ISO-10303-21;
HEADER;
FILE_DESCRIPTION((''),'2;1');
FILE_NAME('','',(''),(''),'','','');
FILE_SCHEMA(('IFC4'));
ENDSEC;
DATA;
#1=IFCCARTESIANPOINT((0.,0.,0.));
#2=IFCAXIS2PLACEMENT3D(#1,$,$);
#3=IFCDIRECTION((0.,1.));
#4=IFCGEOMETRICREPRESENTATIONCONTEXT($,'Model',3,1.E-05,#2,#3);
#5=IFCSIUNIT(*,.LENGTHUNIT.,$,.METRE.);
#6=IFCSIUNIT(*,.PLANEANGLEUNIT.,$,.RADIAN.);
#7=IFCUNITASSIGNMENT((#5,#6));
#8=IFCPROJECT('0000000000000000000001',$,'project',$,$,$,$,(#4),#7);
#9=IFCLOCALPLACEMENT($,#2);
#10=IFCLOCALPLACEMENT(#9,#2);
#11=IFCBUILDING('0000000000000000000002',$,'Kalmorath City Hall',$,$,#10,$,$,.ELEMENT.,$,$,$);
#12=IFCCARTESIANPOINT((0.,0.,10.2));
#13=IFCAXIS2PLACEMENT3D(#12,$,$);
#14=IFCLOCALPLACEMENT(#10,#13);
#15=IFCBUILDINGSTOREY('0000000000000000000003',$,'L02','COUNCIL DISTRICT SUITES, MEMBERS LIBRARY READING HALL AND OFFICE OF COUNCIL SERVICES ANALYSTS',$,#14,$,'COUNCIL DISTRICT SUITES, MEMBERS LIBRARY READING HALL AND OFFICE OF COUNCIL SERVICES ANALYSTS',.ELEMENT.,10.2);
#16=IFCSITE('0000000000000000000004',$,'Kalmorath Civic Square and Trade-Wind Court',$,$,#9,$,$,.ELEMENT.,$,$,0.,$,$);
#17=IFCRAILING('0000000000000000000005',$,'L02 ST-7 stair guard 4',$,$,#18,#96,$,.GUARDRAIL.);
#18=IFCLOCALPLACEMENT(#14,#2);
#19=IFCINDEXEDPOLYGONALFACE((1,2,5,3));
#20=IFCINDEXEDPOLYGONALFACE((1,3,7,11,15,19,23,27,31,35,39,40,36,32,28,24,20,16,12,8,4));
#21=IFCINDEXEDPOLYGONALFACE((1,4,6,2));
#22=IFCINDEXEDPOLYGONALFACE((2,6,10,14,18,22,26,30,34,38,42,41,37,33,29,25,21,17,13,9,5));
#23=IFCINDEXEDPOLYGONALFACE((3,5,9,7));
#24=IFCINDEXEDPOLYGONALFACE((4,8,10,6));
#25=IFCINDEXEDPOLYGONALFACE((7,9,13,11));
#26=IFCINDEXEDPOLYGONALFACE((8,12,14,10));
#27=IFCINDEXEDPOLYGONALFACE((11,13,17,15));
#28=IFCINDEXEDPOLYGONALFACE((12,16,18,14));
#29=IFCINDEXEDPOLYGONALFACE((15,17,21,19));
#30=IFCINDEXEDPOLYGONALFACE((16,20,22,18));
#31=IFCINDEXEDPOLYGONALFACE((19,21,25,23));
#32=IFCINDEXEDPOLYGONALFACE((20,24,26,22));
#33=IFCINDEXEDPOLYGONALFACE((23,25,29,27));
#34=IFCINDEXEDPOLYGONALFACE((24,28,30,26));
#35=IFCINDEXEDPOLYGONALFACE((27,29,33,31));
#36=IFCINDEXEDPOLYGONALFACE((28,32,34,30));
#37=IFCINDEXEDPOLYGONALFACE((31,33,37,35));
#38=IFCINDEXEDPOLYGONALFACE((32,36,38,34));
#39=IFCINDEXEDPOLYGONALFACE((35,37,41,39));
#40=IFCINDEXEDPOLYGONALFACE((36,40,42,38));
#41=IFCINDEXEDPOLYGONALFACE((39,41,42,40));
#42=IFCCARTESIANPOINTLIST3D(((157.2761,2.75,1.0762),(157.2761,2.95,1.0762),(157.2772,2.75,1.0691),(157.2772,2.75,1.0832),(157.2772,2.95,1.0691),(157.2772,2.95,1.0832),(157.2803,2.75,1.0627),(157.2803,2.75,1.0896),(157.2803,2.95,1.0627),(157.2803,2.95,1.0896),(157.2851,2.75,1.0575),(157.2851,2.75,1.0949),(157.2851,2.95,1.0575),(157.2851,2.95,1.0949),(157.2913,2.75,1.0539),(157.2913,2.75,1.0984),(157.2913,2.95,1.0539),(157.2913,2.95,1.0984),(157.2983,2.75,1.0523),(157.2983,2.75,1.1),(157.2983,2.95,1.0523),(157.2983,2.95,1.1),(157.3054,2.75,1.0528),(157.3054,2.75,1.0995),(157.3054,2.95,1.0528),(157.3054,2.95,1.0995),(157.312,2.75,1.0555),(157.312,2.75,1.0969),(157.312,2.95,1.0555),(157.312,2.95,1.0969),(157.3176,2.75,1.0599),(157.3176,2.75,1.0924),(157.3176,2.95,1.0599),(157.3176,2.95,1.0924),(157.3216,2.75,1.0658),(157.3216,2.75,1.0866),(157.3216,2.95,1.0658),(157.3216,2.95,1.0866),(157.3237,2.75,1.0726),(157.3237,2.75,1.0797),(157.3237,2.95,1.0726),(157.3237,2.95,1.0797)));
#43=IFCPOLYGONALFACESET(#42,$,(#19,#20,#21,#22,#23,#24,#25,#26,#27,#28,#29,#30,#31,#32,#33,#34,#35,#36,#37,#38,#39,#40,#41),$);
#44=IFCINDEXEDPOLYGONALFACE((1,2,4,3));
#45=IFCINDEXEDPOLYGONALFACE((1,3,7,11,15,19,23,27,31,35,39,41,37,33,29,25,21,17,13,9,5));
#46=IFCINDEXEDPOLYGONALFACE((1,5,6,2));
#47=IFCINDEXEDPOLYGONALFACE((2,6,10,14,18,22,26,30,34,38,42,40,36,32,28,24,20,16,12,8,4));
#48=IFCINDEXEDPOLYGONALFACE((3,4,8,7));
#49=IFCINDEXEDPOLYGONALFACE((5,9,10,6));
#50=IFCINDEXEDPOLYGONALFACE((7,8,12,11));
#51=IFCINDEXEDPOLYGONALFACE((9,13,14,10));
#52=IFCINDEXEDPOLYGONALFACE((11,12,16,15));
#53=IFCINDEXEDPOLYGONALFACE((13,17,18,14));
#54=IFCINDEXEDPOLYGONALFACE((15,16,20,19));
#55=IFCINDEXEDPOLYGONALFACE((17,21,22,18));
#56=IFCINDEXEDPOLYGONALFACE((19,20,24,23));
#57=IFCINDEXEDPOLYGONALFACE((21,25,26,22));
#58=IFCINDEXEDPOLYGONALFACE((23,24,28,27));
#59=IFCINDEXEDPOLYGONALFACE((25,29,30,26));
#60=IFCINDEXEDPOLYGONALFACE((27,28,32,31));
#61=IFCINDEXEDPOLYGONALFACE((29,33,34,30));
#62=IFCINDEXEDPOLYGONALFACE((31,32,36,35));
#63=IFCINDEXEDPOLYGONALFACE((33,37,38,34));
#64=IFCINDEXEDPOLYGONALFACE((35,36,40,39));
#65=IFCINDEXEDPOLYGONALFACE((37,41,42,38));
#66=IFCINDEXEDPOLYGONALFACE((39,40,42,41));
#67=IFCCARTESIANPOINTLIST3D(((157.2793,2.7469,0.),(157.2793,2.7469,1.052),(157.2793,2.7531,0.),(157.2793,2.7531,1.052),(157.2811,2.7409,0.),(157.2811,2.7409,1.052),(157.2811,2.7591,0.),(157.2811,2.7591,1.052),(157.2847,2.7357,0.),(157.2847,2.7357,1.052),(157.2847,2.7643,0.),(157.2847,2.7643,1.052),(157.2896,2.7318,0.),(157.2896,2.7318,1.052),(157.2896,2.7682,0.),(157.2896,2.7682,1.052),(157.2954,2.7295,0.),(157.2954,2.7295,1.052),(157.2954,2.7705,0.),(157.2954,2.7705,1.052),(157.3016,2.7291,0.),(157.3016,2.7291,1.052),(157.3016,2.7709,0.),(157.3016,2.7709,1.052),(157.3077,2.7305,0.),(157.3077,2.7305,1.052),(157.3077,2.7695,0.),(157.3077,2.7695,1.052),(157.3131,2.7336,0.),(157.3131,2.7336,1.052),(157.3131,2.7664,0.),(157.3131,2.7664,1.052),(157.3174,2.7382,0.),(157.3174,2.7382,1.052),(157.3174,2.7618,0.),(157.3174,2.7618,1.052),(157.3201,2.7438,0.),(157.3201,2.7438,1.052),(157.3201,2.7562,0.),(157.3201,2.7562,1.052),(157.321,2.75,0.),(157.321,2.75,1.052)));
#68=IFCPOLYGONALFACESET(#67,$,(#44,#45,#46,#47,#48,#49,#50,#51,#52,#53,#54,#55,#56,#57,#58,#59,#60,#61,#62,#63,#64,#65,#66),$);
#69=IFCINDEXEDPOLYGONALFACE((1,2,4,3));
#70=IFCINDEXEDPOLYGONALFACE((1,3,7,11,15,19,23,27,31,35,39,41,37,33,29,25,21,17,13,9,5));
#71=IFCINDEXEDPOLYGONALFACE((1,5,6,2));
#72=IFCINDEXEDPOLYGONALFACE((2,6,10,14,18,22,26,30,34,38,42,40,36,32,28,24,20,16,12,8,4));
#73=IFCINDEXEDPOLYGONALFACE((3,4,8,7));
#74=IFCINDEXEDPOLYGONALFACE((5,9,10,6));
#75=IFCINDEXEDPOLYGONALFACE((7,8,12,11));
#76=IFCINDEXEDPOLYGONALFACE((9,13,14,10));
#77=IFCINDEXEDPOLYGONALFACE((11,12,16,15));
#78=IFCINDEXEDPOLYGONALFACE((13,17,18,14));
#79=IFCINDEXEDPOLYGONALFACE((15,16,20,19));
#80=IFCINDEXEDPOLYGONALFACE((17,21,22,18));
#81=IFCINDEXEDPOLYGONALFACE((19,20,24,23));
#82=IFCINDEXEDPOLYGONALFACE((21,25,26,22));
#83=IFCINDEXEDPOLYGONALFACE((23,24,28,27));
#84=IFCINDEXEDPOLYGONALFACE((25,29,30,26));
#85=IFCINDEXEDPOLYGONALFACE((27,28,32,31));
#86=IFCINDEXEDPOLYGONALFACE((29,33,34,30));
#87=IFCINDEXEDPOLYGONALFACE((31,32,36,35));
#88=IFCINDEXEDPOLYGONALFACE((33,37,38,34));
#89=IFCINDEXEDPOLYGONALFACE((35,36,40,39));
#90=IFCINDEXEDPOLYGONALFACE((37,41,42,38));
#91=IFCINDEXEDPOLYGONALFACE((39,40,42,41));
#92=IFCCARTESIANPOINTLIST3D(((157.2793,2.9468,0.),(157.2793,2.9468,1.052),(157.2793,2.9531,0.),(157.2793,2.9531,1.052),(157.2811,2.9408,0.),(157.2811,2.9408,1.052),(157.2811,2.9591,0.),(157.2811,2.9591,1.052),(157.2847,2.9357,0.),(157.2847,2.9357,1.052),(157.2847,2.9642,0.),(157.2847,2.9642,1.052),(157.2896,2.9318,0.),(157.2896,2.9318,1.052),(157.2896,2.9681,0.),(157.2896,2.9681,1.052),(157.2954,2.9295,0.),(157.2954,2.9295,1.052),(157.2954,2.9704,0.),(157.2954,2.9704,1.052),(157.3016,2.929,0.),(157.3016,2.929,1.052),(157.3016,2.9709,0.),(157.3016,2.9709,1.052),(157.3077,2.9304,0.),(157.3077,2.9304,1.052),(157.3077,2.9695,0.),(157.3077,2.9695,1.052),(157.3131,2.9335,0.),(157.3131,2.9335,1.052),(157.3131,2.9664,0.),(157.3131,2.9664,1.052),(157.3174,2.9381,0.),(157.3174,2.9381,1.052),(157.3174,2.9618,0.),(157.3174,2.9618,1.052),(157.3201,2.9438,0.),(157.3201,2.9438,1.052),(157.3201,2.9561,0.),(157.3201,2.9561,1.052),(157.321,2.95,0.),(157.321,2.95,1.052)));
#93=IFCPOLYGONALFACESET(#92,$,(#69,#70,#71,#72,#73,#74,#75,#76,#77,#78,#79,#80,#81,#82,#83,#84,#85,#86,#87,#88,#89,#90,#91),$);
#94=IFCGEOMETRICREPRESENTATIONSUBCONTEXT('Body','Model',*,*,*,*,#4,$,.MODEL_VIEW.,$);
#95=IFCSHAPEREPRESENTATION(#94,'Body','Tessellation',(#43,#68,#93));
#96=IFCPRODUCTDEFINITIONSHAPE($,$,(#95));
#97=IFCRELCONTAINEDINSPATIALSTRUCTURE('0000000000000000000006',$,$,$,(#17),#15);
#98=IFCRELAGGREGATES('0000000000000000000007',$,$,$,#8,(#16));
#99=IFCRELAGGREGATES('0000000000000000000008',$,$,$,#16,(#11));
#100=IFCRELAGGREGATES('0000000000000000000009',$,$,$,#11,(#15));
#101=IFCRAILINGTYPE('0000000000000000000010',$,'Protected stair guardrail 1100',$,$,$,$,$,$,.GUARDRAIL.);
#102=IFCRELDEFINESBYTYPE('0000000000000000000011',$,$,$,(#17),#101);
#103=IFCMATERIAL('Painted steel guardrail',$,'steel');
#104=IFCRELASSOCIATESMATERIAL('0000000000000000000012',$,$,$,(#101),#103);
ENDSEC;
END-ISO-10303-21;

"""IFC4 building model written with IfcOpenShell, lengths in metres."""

from ifc_helpers import new_model, si_unit, direction, frame, origin, origin_2d, place, context, subcontext, project, spatial, circle, extrude, material, type_object, element, save


model = new_model("IFC4")

# Units and contexts
model_context = context("Model", 3, precision=1e-05, world=origin(), true_north=direction((0.0, 1.0)))
body_context = subcontext(model_context, "Body", "Model", "MODEL_VIEW")
ifc_project = project(units=[si_unit("LENGTHUNIT", "METRE"), si_unit("PLANEANGLEUNIT", "RADIAN")], contexts=[model_context])

# Site, building, storey
site_placement = place(None, origin())
site = spatial("IfcSite", under=ifc_project, at=site_placement, Name="Kalmorath Civic Square and Trade-Wind Court", CompositionType="ELEMENT", RefElevation=0.0)
building_placement = place(site_placement, origin())
building = spatial("IfcBuilding", under=site, at=building_placement, Name="Kalmorath City Hall", CompositionType="ELEMENT")
storey_placement = place(building_placement, frame((0.0, 0.0, 10.2)))
storey = spatial("IfcBuildingStorey", under=building, at=storey_placement, Name="L02", Description="COUNCIL DISTRICT SUITES, MEMBERS LIBRARY READING HALL AND OFFICE OF COUNCIL SERVICES ANALYSTS", LongName="COUNCIL DISTRICT SUITES, MEMBERS LIBRARY READING HALL AND OFFICE OF COUNCIL SERVICES ANALYSTS", CompositionType="ELEMENT", Elevation=10.2)

# Railing
ifc_material_1 = material(Name="Painted steel guardrail", Category="steel")
railing_type_1 = type_object("IfcRailingType", Name="Protected stair guardrail 1100", PredefinedType="GUARDRAIL", material=ifc_material_1)
railing_1_placement = place(storey_placement, frame((157.3, 2.75, 0.0)))
element("IfcRailing", 1, at=railing_1_placement, inside=storey, type_object=railing_type_1, Name="L02 ST-7 stair guard 4", PredefinedType="GUARDRAIL", context=body_context, shape_type="SweptSolid", body=[
    extrude(circle(Radius=0.0239, at=origin_2d()), frame((0.0, 0.0, 1.0762), z_axis=(0.0, 1.0, 0.0), x_axis=(-1.0, 0.0, 0.0)), (0.0, 0.0, 1.0), 0.2),
    extrude(circle(Radius=0.021, at=origin_2d()), origin(), (0.0, 0.0, 1.0), 1.052),
    extrude(circle(Radius=0.021, at=origin_2d()), frame((0.0, 0.2, 0.0)), (0.0, 0.0, 1.0), 1.052),
])

save(model, "model.ifc")
